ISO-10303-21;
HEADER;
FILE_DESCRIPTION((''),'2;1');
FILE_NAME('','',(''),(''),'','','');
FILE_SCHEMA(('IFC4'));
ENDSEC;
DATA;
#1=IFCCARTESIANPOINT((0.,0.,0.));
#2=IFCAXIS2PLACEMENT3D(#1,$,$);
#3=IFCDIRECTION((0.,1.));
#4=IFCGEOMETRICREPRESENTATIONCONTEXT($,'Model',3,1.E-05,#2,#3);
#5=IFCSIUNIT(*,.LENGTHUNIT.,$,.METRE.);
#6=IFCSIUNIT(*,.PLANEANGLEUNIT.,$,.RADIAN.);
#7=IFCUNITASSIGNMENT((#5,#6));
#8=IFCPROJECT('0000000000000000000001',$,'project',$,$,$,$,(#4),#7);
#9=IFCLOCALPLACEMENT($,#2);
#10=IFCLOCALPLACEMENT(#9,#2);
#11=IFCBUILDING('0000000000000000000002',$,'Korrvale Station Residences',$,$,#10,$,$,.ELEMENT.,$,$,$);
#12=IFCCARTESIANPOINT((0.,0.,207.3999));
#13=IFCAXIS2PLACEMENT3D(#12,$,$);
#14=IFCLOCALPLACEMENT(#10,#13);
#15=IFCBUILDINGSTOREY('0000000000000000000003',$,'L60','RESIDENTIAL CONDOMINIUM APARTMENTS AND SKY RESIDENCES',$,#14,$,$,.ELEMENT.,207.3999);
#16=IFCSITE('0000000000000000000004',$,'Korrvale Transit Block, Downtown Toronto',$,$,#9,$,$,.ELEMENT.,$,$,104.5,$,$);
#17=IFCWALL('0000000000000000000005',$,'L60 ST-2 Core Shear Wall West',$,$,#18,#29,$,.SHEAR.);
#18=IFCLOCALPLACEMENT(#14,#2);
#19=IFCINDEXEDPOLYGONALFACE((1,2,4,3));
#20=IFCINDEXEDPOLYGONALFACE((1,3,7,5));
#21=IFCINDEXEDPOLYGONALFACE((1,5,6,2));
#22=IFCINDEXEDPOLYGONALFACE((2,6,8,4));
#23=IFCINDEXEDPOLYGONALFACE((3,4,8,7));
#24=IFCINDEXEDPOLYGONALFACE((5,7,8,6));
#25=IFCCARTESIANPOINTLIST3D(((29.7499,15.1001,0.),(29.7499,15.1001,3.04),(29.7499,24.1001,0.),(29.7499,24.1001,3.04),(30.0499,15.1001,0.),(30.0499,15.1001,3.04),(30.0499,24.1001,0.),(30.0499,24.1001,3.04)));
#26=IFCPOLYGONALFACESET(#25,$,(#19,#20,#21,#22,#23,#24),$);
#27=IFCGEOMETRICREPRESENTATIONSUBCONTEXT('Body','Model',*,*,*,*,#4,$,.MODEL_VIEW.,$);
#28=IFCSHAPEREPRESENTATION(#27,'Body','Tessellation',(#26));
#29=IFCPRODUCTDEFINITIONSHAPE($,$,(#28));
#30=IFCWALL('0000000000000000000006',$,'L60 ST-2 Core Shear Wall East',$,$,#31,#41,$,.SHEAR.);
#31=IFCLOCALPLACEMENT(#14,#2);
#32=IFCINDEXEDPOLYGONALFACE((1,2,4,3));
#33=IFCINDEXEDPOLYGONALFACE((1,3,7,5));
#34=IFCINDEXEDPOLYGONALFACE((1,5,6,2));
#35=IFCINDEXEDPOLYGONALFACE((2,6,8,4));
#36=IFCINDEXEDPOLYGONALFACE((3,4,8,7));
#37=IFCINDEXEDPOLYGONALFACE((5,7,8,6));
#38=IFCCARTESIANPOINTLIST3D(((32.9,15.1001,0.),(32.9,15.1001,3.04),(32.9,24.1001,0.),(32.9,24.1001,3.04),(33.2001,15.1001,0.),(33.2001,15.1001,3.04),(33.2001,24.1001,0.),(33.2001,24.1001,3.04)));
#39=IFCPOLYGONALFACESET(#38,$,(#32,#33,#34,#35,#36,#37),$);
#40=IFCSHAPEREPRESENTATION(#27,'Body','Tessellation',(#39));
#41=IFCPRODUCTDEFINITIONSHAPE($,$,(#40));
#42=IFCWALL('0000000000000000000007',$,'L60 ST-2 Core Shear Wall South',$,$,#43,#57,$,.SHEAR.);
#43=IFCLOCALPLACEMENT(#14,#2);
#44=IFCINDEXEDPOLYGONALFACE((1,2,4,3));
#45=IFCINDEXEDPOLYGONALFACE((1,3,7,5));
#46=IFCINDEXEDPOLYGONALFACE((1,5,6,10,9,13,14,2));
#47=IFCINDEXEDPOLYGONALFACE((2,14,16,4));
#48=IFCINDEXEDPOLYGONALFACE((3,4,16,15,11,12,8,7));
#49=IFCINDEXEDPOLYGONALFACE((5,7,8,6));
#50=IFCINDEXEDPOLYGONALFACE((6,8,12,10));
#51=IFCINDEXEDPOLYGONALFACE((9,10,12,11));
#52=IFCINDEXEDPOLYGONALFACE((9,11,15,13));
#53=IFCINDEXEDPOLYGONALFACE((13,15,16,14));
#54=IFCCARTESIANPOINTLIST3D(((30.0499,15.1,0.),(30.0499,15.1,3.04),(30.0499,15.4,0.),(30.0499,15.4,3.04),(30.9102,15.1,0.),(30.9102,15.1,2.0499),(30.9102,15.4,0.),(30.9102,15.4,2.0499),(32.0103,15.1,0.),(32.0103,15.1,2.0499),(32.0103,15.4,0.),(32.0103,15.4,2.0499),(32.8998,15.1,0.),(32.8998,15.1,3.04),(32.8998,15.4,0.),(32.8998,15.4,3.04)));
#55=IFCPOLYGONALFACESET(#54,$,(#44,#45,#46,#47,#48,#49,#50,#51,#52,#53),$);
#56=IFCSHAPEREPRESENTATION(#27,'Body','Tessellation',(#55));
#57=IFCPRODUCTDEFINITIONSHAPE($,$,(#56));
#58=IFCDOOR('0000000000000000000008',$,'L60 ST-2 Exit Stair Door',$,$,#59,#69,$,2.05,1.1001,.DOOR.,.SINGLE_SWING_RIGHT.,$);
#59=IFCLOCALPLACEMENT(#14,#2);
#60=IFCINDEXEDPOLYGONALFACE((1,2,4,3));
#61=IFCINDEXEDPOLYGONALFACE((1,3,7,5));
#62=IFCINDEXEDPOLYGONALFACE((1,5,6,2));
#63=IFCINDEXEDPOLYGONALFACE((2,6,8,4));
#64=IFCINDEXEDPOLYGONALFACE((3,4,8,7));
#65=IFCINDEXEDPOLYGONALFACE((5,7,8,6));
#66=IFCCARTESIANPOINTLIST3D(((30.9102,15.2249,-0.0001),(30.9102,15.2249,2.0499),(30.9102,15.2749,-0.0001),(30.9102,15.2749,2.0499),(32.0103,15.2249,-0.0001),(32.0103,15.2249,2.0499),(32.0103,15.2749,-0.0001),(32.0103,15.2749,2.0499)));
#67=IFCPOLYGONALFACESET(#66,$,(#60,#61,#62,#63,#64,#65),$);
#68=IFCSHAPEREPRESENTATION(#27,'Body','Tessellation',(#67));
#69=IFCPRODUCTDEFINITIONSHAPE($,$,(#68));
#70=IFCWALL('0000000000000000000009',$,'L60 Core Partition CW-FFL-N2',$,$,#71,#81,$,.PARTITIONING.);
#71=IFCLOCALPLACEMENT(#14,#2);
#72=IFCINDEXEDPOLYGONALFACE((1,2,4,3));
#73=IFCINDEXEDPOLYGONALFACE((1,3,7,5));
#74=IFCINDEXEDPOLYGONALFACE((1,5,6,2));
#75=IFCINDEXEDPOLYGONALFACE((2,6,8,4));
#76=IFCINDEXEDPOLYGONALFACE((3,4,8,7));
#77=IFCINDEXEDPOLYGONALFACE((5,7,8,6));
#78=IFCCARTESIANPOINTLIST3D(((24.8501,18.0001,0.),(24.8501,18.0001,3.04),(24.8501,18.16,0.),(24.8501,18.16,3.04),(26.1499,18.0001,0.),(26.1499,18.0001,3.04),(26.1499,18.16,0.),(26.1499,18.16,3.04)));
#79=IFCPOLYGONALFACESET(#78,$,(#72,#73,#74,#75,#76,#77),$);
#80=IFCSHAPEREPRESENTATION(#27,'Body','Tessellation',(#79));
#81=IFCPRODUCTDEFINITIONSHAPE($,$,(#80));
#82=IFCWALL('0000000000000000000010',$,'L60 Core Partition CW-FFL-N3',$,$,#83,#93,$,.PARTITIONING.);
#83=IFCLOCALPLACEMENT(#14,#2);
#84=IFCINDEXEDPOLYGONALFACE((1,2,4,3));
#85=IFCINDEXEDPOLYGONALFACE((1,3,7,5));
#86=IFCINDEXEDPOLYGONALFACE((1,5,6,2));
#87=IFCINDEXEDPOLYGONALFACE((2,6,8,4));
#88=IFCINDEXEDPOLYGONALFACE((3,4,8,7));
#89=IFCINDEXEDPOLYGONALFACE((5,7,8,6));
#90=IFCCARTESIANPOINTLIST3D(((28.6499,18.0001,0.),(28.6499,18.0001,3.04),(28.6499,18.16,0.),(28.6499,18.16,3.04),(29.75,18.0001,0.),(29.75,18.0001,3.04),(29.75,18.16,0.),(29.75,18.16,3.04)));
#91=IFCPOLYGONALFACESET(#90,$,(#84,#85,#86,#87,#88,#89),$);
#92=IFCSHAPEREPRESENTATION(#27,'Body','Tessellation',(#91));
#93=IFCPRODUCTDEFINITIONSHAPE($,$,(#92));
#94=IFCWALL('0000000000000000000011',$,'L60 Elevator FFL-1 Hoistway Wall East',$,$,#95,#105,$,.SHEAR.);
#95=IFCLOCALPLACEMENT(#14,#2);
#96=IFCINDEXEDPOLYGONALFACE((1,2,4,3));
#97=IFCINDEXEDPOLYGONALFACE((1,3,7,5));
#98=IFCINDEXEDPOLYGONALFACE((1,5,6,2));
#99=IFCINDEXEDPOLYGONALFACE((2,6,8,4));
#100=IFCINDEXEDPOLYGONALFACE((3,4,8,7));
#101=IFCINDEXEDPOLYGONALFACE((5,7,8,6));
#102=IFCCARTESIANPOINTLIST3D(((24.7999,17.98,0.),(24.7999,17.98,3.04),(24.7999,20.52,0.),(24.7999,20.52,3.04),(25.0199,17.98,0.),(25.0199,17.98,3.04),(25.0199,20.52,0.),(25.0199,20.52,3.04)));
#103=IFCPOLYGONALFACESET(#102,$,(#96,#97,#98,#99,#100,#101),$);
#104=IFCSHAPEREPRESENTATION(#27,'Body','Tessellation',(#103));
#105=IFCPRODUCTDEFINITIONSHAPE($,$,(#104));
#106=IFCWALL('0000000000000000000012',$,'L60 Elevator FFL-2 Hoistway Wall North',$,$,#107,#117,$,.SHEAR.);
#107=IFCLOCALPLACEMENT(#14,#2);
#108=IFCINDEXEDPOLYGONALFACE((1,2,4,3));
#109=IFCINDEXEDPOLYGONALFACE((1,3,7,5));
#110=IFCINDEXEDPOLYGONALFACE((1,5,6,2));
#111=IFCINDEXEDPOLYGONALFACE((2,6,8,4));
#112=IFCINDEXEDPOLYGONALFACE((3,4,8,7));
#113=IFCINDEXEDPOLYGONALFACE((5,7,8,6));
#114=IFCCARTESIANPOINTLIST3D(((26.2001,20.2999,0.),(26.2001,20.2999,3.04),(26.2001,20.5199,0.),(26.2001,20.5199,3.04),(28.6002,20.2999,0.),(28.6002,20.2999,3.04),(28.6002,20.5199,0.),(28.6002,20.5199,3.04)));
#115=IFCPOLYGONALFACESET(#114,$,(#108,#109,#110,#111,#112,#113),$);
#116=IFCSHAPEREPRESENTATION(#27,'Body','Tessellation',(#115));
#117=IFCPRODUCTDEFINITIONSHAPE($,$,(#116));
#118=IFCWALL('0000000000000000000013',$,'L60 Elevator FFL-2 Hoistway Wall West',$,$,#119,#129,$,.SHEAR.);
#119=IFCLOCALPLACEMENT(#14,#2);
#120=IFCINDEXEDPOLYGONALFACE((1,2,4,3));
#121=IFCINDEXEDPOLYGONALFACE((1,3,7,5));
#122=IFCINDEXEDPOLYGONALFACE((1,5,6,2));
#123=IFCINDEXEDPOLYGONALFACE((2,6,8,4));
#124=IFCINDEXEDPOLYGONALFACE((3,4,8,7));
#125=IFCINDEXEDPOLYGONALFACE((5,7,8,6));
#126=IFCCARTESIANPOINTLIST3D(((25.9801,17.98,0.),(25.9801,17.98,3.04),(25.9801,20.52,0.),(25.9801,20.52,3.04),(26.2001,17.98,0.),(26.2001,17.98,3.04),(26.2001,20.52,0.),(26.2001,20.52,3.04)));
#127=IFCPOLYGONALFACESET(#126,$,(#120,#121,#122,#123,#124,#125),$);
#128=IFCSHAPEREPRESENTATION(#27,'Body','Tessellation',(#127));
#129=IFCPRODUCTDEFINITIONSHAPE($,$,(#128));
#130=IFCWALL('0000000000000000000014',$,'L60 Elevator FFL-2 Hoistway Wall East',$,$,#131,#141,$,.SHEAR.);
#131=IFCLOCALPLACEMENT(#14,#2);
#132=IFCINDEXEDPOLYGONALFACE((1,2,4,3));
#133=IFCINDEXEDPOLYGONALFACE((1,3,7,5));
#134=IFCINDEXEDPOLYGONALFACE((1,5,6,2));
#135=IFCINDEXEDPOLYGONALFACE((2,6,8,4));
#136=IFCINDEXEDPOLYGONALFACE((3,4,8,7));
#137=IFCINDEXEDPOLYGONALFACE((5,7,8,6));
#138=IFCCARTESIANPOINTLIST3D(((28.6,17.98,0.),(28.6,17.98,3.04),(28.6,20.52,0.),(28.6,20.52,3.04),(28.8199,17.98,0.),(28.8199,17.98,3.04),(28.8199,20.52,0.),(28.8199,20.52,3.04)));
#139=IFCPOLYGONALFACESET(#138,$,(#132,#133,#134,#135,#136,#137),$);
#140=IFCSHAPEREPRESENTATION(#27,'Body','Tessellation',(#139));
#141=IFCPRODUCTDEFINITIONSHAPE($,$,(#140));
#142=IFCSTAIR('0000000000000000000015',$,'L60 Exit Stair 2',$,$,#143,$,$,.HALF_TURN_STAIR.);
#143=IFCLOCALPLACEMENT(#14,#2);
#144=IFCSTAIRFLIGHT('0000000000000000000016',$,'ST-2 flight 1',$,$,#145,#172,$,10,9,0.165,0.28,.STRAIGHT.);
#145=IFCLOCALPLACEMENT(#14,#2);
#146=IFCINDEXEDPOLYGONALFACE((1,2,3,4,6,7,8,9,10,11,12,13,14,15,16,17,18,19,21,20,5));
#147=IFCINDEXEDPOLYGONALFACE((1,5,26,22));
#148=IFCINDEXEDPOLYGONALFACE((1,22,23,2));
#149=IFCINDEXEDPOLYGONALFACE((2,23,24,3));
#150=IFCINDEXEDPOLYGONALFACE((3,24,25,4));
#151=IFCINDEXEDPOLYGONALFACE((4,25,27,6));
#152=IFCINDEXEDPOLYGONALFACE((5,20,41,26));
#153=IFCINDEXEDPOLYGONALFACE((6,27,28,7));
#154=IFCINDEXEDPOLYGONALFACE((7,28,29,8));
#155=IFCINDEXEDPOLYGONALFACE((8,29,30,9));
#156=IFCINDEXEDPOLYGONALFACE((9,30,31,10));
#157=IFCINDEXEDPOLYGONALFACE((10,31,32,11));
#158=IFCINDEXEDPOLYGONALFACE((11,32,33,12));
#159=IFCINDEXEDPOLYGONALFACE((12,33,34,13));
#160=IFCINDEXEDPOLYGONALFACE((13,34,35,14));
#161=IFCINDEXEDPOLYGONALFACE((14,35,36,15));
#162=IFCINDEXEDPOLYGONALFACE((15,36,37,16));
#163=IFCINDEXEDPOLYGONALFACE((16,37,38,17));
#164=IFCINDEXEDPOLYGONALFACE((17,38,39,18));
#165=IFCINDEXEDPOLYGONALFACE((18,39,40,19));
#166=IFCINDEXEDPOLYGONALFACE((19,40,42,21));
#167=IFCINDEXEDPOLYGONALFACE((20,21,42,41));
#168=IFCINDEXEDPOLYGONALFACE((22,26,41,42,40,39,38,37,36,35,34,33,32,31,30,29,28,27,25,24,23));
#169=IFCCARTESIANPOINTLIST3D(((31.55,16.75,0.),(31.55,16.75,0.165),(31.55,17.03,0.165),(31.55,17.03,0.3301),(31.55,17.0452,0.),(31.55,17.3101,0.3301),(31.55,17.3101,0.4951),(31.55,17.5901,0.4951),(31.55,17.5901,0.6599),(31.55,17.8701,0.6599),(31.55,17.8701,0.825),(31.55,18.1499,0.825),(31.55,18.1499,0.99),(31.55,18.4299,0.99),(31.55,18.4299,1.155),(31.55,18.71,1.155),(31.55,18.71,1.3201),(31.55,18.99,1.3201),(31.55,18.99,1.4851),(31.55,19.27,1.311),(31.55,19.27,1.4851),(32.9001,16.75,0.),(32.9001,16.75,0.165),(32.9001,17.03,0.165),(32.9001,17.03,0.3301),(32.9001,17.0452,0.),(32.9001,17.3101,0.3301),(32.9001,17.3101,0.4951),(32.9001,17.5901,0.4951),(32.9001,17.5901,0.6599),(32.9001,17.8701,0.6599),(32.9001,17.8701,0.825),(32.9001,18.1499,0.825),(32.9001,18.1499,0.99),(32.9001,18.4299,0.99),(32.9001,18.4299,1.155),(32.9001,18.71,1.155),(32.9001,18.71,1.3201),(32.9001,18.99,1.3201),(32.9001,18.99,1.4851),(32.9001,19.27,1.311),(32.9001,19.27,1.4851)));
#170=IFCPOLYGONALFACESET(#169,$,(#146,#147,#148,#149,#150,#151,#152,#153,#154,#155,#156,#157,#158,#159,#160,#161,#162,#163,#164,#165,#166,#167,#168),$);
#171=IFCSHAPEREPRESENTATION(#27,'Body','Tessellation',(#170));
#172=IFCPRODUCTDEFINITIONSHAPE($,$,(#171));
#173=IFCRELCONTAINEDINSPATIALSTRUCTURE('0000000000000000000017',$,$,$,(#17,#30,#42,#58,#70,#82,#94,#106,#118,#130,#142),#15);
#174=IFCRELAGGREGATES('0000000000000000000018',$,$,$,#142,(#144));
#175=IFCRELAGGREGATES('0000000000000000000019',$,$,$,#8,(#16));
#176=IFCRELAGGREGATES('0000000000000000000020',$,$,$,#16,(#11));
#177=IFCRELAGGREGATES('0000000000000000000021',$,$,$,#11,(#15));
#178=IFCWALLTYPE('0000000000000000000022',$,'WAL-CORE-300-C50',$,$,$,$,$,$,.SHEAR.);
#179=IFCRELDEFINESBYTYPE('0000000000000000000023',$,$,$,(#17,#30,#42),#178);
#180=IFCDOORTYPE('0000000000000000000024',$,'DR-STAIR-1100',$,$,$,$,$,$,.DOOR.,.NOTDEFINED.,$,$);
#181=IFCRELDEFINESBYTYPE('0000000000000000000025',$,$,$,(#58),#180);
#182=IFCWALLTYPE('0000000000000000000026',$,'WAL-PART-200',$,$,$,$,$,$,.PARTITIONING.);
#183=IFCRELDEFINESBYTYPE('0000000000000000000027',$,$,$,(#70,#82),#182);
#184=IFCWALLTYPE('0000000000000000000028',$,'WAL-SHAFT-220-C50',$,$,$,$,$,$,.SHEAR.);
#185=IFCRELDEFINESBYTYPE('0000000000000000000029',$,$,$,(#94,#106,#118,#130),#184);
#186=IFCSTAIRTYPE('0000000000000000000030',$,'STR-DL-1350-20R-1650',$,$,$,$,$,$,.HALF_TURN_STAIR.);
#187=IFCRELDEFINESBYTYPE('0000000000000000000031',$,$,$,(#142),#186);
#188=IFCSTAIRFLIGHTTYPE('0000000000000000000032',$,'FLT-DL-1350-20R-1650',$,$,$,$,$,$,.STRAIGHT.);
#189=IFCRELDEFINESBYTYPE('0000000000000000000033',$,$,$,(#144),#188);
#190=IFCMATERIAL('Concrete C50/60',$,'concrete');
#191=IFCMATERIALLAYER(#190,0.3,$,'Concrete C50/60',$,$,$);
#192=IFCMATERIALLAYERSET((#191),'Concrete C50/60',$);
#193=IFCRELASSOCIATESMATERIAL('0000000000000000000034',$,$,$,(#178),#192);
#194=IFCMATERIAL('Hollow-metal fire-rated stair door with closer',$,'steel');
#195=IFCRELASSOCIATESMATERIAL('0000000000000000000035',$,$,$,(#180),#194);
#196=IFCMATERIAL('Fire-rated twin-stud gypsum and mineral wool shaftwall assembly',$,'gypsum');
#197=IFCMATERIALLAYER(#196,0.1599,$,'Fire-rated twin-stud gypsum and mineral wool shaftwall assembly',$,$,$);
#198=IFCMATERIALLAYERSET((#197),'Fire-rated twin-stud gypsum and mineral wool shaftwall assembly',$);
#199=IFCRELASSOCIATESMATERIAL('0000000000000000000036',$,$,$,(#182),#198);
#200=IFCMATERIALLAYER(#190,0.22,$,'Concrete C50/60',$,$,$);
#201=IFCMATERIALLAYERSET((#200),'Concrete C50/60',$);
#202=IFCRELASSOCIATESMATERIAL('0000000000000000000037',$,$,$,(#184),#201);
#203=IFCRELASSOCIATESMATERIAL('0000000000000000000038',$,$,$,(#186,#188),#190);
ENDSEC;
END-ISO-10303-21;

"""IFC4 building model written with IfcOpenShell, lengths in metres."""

from ifc_helpers import new_model, si_unit, direction, frame, frame_2d, origin, place, context, subcontext, project, spatial, polyline, rectangle, outline, extrude, material, layer, layer_set, type_object, element, fill, aggregate, save


model = new_model("IFC4")

# Units and contexts
model_context = context("Model", 3, precision=1e-05, world=origin(), true_north=direction((0.0, 1.0)))
body_context = subcontext(model_context, "Body", "Model", "MODEL_VIEW")
ifc_project = project(units=[si_unit("LENGTHUNIT", "METRE"), si_unit("PLANEANGLEUNIT", "RADIAN")], contexts=[model_context])

# Site, building, storey
site_placement = place(None, origin())
site = spatial("IfcSite", under=ifc_project, at=site_placement, Name="Korrvale Transit Block, Downtown Toronto", CompositionType="ELEMENT", RefElevation=104.5)
building_placement = place(site_placement, origin())
building = spatial("IfcBuilding", under=site, at=building_placement, Name="Korrvale Station Residences", CompositionType="ELEMENT")
storey_placement = place(building_placement, frame((0.0, 0.0, 207.3999)))
storey = spatial("IfcBuildingStorey", under=building, at=storey_placement, Name="L60", Description="RESIDENTIAL CONDOMINIUM APARTMENTS AND SKY RESIDENCES", CompositionType="ELEMENT", Elevation=207.3999)

# Walls
ifc_material_1 = material(Name="Concrete C50/60", Category="concrete")
ifc_layer_1 = layer(ifc_material_1, 0.3, Name="Concrete C50/60")
ifc_layer_set_1 = layer_set([ifc_layer_1], Name="Concrete C50/60")
wall_type_1 = type_object("IfcWallType", Name="WAL-CORE-300-C50", PredefinedType="SHEAR", material=ifc_layer_set_1)
for number, where, z_axis, x_axis, name in (
    (1, (29.8999, 15.1001, 0.0), (0.0, 0.0, 1.0), (0.0, 1.0, 0.0), "L60 ST-2 Core Shear Wall West"),
    (2, (33.05, 15.1001, 0.0), (0.0, 0.0, 1.0), (0.0, 1.0, 0.0), "L60 ST-2 Core Shear Wall East"),
):
    element("IfcWall", number, at=place(storey_placement, frame(where, z_axis=z_axis, x_axis=x_axis)), inside=storey, type_object=wall_type_1, Name=name, PredefinedType="SHEAR", context=body_context, shape_type="SweptSolid", body=[
        extrude(rectangle(XDim=9.0, YDim=0.3, at=frame_2d((4.5, 0.0))), origin(), (0.0, 0.0, 1.0), 3.04),
    ])

# Wall, opening, door
wall_1_placement = place(storey_placement, frame((30.05, 15.25, 0.0), z_axis=(0.0, 0.0, 1.0), x_axis=(1.0, 0.0, 0.0)))
wall_1 = element("IfcWall", 3, at=wall_1_placement, inside=storey, type_object=wall_type_1, Name="L60 ST-2 Core Shear Wall South", PredefinedType="SHEAR", context=body_context, shape_type="SweptSolid", body=[
    extrude(rectangle(XDim=2.8499, YDim=0.3, at=frame_2d((1.4248, 0.0))), origin(), (0.0, 0.0, 1.0), 3.04),
])
opening_1_placement = place(wall_1_placement, frame((0.8601, 0.0, 0.0)))
opening_1 = element("IfcOpeningElement", 4, at=opening_1_placement, cuts=wall_1, PredefinedType="OPENING", context=body_context, shape_type="SweptSolid", body=[
    extrude(rectangle(XDim=1.1001, YDim=2.05, at=frame_2d((0.55, 1.0249))), frame((0.0, 0.1602, 0.0), z_axis=(0.0, -1.0, 0.0), x_axis=(1.0, 0.0, 0.0)), (0.0, 0.0, 1.0), 0.3201),
])
ifc_material_2 = material(Name="Hollow-metal fire-rated stair door with closer", Category="steel")
door_type_1 = type_object("IfcDoorType", Name="DR-STAIR-1100", OperationType="NOTDEFINED", PredefinedType="DOOR", material=ifc_material_2)
door_1_placement = place(opening_1_placement, origin())
door_1 = element("IfcDoor", 5, at=door_1_placement, inside=storey, type_object=door_type_1, Name="L60 ST-2 Exit Stair Door", OperationType="SINGLE_SWING_RIGHT", OverallHeight=2.05, OverallWidth=1.1001, PredefinedType="DOOR", context=body_context, shape_type="SweptSolid", body=[
    extrude(rectangle(XDim=1.1001, YDim=2.05, at=frame_2d((0.55, 1.0249))), frame((0.0, 0.0249, 0.0), z_axis=(0.0, -1.0, 0.0), x_axis=(1.0, 0.0, 0.0)), (0.0, 0.0, 1.0), 0.05),
])
fill(opening_1, door_1)

# Walls
ifc_material_3 = material(Name="Fire-rated twin-stud gypsum and mineral wool shaftwall assembly", Category="gypsum")
ifc_layer_2 = layer(ifc_material_3, 0.1599, Name="Fire-rated twin-stud gypsum and mineral wool shaftwall assembly")
ifc_layer_set_2 = layer_set([ifc_layer_2], Name="Fire-rated twin-stud gypsum and mineral wool shaftwall assembly")
wall_type_2 = type_object("IfcWallType", Name="WAL-PART-200", PredefinedType="PARTITIONING", material=ifc_layer_set_2)
wall_2_placement = place(storey_placement, frame((24.8501, 18.0801, 0.0), z_axis=(0.0, 0.0, 1.0), x_axis=(1.0, 0.0, 0.0)))
element("IfcWall", 6, at=wall_2_placement, inside=storey, type_object=wall_type_2, Name="L60 Core Partition CW-FFL-N2", PredefinedType="PARTITIONING", context=body_context, shape_type="SweptSolid", body=[
    extrude(rectangle(XDim=1.2998, YDim=0.1599, at=frame_2d((0.6499, 0.0))), origin(), (0.0, 0.0, 1.0), 3.04),
])
wall_3_placement = place(storey_placement, frame((28.6499, 18.0801, 0.0), z_axis=(0.0, 0.0, 1.0), x_axis=(1.0, 0.0, 0.0)))
element("IfcWall", 7, at=wall_3_placement, inside=storey, type_object=wall_type_2, Name="L60 Core Partition CW-FFL-N3", PredefinedType="PARTITIONING", context=body_context, shape_type="SweptSolid", body=[
    extrude(rectangle(XDim=1.1001, YDim=0.1599, at=frame_2d((0.55, 0.0))), origin(), (0.0, 0.0, 1.0), 3.04),
])
ifc_layer_3 = layer(ifc_material_1, 0.22, Name="Concrete C50/60")
ifc_layer_set_3 = layer_set([ifc_layer_3], Name="Concrete C50/60")
wall_type_3 = type_object("IfcWallType", Name="WAL-SHAFT-220-C50", PredefinedType="SHEAR", material=ifc_layer_set_3)
wall_4_placement = place(storey_placement, frame((24.9099, 17.98, 0.0), z_axis=(0.0, 0.0, 1.0), x_axis=(0.0, 1.0, 0.0)))
element("IfcWall", 8, at=wall_4_placement, inside=storey, type_object=wall_type_3, Name="L60 Elevator FFL-1 Hoistway Wall East", PredefinedType="SHEAR", context=body_context, shape_type="SweptSolid", body=[
    extrude(rectangle(XDim=2.54, YDim=0.22, at=frame_2d((1.27, 0.0))), origin(), (0.0, 0.0, 1.0), 3.04),
])

# Walls
wall_5_placement = place(storey_placement, frame((26.2, 20.4099, 0.0), z_axis=(0.0, 0.0, 1.0), x_axis=(1.0, 0.0, 0.0)))
element("IfcWall", 9, at=wall_5_placement, inside=storey, type_object=wall_type_3, Name="L60 Elevator FFL-2 Hoistway Wall North", PredefinedType="SHEAR", context=body_context, shape_type="SweptSolid", body=[
    extrude(rectangle(XDim=2.4001, YDim=0.22, at=frame_2d((1.2002, 0.0))), origin(), (0.0, 0.0, 1.0), 3.04),
])
for number, where, z_axis, x_axis, name in (
    (10, (26.0901, 17.98, 0.0), (0.0, 0.0, 1.0), (0.0, 1.0, 0.0), "L60 Elevator FFL-2 Hoistway Wall West"),
    (11, (28.71, 17.98, 0.0), (0.0, 0.0, 1.0), (0.0, 1.0, 0.0), "L60 Elevator FFL-2 Hoistway Wall East"),
):
    element("IfcWall", number, at=place(storey_placement, frame(where, z_axis=z_axis, x_axis=x_axis)), inside=storey, type_object=wall_type_3, Name=name, PredefinedType="SHEAR", context=body_context, shape_type="SweptSolid", body=[
        extrude(rectangle(XDim=2.54, YDim=0.22, at=frame_2d((1.27, 0.0))), origin(), (0.0, 0.0, 1.0), 3.04),
    ])

# Stair, stair flight
stair_type = type_object("IfcStairType", Name="STR-DL-1350-20R-1650", PredefinedType="HALF_TURN_STAIR", material=ifc_material_1)
stair_placement = place(storey_placement, origin())
stair = element("IfcStair", 12, at=stair_placement, inside=storey, type_object=stair_type, Name="L60 Exit Stair 2", PredefinedType="HALF_TURN_STAIR")
stair_flight_type = type_object("IfcStairFlightType", Name="FLT-DL-1350-20R-1650", PredefinedType="STRAIGHT", material=ifc_material_1)
stair_flight_1_placement = place(storey_placement, frame((32.2251, 16.75, 0.0), z_axis=(0.0, 0.0, 1.0), x_axis=(0.0, 1.0, 0.0)))
stair_flight_1 = element("IfcStairFlight", 13, at=stair_flight_1_placement, type_object=stair_flight_type, Name="ST-2 flight 1", NumberOfRisers=10, NumberOfTreads=9, PredefinedType="STRAIGHT", RiserHeight=0.165, TreadLength=0.28, context=body_context, shape_type="SweptSolid", body=[
    extrude(outline(polyline([(0.0, 0.0), (0.0, 0.165), (0.28, 0.165), (0.28, 0.3301), (0.5601, 0.3301), (0.5601, 0.4951), (0.8401, 0.4951), (0.8401, 0.6599), (1.1201, 0.6599), (1.1201, 0.825), (1.3999, 0.825), (1.3999, 0.99), (1.6799, 0.99), (1.6799, 1.155), (1.96, 1.155), (1.96, 1.3201), (2.24, 1.3201), (2.24, 1.4851), (2.52, 1.4851), (2.52, 1.6499), (2.52, 1.311), (0.2952, 0.0), (0.0, 0.0)])), frame((0.0, 0.675, 0.0), z_axis=(0.0, -1.0, 0.0), x_axis=(1.0, 0.0, 0.0)), (0.0, 0.0, 1.0), 1.3501),
])
aggregate(stair, [stair_flight_1])

save(model, "model.ifc")
